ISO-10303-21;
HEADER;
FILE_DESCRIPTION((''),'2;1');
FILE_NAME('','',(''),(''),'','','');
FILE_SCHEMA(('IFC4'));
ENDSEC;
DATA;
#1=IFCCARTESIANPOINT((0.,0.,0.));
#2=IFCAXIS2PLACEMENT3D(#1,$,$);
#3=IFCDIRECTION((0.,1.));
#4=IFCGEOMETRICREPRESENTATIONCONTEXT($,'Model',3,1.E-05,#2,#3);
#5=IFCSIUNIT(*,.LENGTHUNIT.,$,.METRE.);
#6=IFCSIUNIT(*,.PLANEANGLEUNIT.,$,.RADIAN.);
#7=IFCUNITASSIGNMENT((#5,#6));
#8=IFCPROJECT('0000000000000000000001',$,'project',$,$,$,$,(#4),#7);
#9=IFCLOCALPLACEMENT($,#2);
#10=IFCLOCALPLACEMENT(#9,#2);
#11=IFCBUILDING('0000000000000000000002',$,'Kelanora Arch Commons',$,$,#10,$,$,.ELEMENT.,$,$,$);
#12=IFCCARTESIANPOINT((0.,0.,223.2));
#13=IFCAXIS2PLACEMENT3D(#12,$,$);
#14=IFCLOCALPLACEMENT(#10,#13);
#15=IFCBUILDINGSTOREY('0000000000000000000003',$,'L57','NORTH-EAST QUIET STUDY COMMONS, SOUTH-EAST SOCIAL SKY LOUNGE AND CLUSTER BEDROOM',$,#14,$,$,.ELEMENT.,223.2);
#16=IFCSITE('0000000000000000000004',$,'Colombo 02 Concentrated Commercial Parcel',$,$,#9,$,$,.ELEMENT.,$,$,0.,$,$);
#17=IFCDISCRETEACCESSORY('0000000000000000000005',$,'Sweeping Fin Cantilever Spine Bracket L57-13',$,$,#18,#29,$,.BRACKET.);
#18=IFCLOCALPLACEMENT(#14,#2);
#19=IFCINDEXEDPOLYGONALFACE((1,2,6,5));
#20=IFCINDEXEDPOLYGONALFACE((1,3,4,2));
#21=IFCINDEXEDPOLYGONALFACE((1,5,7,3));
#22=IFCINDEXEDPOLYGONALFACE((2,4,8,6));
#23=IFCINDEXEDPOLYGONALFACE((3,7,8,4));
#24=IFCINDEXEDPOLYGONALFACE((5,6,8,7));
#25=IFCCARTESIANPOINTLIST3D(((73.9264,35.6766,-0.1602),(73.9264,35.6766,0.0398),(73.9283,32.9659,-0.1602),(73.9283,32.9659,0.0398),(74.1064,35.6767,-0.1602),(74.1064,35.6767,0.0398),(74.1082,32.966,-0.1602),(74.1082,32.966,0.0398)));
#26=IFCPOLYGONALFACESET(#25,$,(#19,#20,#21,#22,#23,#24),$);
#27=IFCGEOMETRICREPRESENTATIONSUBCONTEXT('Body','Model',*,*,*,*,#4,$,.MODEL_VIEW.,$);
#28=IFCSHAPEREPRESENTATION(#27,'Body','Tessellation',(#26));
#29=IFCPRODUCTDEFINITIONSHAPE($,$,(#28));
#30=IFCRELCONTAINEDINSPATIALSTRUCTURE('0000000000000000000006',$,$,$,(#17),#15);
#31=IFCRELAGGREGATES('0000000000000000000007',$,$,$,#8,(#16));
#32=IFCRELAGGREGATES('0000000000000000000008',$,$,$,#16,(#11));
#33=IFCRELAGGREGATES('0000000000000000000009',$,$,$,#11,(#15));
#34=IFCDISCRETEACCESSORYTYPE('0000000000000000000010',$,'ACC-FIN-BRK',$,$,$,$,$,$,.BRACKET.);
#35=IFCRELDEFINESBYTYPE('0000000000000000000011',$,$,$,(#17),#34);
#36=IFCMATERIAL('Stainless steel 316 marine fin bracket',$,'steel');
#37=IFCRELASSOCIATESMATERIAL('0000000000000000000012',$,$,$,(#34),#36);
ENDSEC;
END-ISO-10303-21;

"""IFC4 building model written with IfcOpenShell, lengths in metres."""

from ifc_helpers import new_model, si_unit, direction, frame, origin, origin_2d, place, context, subcontext, project, spatial, rectangle, extrude, source, transform, mapped, material, type_object, element, save


model = new_model("IFC4")

# Units and contexts
model_context = context("Model", 3, precision=1e-05, world=origin(), true_north=direction((0.0, 1.0)))
body_context = subcontext(model_context, "Body", "Model", "MODEL_VIEW")
ifc_project = project(units=[si_unit("LENGTHUNIT", "METRE"), si_unit("PLANEANGLEUNIT", "RADIAN")], contexts=[model_context])

# Site, building, storey
site_placement = place(None, origin())
site = spatial("IfcSite", under=ifc_project, at=site_placement, Name="Colombo 02 Concentrated Commercial Parcel", CompositionType="ELEMENT", RefElevation=0.0)
building_placement = place(site_placement, origin())
building = spatial("IfcBuilding", under=site, at=building_placement, Name="Kelanora Arch Commons", CompositionType="ELEMENT")
storey_placement = place(building_placement, frame((0.0, 0.0, 223.2)))
storey = spatial("IfcBuildingStorey", under=building, at=storey_placement, Name="L57", Description="NORTH-EAST QUIET STUDY COMMONS, SOUTH-EAST SOCIAL SKY LOUNGE AND CLUSTER BEDROOM", CompositionType="ELEMENT", Elevation=223.2)

# Discrete accessory
ifc_material_1 = material(Name="Stainless steel 316 marine fin bracket", Category="steel")
discrete_accessory_type = type_object("IfcDiscreteAccessoryType", Name="ACC-FIN-BRK", PredefinedType="BRACKET", material=ifc_material_1)
shared_shape_1 = source(origin(), body_context, "Body", "SweptSolid", [
    extrude(rectangle(XDim=2.7107, YDim=0.1799, at=origin_2d()), origin(), (0.0, 0.0, 1.0), 0.2),
])
discrete_accessory_placement = place(storey_placement, frame((74.0173, 34.3213, -0.1602), z_axis=(0.0, 0.0, 1.0), x_axis=(0.000698, -1.0, 0.0)))
element("IfcDiscreteAccessory", 1, at=discrete_accessory_placement, inside=storey, type_object=discrete_accessory_type, Name="Sweeping Fin Cantilever Spine Bracket L57-13", PredefinedType="BRACKET", context=body_context, shape_type="MappedRepresentation", body=[
    mapped(shared_shape_1, transform((0.0, 0.0, 0.0), scale=1.0)),
])

save(model, "model.ifc")
